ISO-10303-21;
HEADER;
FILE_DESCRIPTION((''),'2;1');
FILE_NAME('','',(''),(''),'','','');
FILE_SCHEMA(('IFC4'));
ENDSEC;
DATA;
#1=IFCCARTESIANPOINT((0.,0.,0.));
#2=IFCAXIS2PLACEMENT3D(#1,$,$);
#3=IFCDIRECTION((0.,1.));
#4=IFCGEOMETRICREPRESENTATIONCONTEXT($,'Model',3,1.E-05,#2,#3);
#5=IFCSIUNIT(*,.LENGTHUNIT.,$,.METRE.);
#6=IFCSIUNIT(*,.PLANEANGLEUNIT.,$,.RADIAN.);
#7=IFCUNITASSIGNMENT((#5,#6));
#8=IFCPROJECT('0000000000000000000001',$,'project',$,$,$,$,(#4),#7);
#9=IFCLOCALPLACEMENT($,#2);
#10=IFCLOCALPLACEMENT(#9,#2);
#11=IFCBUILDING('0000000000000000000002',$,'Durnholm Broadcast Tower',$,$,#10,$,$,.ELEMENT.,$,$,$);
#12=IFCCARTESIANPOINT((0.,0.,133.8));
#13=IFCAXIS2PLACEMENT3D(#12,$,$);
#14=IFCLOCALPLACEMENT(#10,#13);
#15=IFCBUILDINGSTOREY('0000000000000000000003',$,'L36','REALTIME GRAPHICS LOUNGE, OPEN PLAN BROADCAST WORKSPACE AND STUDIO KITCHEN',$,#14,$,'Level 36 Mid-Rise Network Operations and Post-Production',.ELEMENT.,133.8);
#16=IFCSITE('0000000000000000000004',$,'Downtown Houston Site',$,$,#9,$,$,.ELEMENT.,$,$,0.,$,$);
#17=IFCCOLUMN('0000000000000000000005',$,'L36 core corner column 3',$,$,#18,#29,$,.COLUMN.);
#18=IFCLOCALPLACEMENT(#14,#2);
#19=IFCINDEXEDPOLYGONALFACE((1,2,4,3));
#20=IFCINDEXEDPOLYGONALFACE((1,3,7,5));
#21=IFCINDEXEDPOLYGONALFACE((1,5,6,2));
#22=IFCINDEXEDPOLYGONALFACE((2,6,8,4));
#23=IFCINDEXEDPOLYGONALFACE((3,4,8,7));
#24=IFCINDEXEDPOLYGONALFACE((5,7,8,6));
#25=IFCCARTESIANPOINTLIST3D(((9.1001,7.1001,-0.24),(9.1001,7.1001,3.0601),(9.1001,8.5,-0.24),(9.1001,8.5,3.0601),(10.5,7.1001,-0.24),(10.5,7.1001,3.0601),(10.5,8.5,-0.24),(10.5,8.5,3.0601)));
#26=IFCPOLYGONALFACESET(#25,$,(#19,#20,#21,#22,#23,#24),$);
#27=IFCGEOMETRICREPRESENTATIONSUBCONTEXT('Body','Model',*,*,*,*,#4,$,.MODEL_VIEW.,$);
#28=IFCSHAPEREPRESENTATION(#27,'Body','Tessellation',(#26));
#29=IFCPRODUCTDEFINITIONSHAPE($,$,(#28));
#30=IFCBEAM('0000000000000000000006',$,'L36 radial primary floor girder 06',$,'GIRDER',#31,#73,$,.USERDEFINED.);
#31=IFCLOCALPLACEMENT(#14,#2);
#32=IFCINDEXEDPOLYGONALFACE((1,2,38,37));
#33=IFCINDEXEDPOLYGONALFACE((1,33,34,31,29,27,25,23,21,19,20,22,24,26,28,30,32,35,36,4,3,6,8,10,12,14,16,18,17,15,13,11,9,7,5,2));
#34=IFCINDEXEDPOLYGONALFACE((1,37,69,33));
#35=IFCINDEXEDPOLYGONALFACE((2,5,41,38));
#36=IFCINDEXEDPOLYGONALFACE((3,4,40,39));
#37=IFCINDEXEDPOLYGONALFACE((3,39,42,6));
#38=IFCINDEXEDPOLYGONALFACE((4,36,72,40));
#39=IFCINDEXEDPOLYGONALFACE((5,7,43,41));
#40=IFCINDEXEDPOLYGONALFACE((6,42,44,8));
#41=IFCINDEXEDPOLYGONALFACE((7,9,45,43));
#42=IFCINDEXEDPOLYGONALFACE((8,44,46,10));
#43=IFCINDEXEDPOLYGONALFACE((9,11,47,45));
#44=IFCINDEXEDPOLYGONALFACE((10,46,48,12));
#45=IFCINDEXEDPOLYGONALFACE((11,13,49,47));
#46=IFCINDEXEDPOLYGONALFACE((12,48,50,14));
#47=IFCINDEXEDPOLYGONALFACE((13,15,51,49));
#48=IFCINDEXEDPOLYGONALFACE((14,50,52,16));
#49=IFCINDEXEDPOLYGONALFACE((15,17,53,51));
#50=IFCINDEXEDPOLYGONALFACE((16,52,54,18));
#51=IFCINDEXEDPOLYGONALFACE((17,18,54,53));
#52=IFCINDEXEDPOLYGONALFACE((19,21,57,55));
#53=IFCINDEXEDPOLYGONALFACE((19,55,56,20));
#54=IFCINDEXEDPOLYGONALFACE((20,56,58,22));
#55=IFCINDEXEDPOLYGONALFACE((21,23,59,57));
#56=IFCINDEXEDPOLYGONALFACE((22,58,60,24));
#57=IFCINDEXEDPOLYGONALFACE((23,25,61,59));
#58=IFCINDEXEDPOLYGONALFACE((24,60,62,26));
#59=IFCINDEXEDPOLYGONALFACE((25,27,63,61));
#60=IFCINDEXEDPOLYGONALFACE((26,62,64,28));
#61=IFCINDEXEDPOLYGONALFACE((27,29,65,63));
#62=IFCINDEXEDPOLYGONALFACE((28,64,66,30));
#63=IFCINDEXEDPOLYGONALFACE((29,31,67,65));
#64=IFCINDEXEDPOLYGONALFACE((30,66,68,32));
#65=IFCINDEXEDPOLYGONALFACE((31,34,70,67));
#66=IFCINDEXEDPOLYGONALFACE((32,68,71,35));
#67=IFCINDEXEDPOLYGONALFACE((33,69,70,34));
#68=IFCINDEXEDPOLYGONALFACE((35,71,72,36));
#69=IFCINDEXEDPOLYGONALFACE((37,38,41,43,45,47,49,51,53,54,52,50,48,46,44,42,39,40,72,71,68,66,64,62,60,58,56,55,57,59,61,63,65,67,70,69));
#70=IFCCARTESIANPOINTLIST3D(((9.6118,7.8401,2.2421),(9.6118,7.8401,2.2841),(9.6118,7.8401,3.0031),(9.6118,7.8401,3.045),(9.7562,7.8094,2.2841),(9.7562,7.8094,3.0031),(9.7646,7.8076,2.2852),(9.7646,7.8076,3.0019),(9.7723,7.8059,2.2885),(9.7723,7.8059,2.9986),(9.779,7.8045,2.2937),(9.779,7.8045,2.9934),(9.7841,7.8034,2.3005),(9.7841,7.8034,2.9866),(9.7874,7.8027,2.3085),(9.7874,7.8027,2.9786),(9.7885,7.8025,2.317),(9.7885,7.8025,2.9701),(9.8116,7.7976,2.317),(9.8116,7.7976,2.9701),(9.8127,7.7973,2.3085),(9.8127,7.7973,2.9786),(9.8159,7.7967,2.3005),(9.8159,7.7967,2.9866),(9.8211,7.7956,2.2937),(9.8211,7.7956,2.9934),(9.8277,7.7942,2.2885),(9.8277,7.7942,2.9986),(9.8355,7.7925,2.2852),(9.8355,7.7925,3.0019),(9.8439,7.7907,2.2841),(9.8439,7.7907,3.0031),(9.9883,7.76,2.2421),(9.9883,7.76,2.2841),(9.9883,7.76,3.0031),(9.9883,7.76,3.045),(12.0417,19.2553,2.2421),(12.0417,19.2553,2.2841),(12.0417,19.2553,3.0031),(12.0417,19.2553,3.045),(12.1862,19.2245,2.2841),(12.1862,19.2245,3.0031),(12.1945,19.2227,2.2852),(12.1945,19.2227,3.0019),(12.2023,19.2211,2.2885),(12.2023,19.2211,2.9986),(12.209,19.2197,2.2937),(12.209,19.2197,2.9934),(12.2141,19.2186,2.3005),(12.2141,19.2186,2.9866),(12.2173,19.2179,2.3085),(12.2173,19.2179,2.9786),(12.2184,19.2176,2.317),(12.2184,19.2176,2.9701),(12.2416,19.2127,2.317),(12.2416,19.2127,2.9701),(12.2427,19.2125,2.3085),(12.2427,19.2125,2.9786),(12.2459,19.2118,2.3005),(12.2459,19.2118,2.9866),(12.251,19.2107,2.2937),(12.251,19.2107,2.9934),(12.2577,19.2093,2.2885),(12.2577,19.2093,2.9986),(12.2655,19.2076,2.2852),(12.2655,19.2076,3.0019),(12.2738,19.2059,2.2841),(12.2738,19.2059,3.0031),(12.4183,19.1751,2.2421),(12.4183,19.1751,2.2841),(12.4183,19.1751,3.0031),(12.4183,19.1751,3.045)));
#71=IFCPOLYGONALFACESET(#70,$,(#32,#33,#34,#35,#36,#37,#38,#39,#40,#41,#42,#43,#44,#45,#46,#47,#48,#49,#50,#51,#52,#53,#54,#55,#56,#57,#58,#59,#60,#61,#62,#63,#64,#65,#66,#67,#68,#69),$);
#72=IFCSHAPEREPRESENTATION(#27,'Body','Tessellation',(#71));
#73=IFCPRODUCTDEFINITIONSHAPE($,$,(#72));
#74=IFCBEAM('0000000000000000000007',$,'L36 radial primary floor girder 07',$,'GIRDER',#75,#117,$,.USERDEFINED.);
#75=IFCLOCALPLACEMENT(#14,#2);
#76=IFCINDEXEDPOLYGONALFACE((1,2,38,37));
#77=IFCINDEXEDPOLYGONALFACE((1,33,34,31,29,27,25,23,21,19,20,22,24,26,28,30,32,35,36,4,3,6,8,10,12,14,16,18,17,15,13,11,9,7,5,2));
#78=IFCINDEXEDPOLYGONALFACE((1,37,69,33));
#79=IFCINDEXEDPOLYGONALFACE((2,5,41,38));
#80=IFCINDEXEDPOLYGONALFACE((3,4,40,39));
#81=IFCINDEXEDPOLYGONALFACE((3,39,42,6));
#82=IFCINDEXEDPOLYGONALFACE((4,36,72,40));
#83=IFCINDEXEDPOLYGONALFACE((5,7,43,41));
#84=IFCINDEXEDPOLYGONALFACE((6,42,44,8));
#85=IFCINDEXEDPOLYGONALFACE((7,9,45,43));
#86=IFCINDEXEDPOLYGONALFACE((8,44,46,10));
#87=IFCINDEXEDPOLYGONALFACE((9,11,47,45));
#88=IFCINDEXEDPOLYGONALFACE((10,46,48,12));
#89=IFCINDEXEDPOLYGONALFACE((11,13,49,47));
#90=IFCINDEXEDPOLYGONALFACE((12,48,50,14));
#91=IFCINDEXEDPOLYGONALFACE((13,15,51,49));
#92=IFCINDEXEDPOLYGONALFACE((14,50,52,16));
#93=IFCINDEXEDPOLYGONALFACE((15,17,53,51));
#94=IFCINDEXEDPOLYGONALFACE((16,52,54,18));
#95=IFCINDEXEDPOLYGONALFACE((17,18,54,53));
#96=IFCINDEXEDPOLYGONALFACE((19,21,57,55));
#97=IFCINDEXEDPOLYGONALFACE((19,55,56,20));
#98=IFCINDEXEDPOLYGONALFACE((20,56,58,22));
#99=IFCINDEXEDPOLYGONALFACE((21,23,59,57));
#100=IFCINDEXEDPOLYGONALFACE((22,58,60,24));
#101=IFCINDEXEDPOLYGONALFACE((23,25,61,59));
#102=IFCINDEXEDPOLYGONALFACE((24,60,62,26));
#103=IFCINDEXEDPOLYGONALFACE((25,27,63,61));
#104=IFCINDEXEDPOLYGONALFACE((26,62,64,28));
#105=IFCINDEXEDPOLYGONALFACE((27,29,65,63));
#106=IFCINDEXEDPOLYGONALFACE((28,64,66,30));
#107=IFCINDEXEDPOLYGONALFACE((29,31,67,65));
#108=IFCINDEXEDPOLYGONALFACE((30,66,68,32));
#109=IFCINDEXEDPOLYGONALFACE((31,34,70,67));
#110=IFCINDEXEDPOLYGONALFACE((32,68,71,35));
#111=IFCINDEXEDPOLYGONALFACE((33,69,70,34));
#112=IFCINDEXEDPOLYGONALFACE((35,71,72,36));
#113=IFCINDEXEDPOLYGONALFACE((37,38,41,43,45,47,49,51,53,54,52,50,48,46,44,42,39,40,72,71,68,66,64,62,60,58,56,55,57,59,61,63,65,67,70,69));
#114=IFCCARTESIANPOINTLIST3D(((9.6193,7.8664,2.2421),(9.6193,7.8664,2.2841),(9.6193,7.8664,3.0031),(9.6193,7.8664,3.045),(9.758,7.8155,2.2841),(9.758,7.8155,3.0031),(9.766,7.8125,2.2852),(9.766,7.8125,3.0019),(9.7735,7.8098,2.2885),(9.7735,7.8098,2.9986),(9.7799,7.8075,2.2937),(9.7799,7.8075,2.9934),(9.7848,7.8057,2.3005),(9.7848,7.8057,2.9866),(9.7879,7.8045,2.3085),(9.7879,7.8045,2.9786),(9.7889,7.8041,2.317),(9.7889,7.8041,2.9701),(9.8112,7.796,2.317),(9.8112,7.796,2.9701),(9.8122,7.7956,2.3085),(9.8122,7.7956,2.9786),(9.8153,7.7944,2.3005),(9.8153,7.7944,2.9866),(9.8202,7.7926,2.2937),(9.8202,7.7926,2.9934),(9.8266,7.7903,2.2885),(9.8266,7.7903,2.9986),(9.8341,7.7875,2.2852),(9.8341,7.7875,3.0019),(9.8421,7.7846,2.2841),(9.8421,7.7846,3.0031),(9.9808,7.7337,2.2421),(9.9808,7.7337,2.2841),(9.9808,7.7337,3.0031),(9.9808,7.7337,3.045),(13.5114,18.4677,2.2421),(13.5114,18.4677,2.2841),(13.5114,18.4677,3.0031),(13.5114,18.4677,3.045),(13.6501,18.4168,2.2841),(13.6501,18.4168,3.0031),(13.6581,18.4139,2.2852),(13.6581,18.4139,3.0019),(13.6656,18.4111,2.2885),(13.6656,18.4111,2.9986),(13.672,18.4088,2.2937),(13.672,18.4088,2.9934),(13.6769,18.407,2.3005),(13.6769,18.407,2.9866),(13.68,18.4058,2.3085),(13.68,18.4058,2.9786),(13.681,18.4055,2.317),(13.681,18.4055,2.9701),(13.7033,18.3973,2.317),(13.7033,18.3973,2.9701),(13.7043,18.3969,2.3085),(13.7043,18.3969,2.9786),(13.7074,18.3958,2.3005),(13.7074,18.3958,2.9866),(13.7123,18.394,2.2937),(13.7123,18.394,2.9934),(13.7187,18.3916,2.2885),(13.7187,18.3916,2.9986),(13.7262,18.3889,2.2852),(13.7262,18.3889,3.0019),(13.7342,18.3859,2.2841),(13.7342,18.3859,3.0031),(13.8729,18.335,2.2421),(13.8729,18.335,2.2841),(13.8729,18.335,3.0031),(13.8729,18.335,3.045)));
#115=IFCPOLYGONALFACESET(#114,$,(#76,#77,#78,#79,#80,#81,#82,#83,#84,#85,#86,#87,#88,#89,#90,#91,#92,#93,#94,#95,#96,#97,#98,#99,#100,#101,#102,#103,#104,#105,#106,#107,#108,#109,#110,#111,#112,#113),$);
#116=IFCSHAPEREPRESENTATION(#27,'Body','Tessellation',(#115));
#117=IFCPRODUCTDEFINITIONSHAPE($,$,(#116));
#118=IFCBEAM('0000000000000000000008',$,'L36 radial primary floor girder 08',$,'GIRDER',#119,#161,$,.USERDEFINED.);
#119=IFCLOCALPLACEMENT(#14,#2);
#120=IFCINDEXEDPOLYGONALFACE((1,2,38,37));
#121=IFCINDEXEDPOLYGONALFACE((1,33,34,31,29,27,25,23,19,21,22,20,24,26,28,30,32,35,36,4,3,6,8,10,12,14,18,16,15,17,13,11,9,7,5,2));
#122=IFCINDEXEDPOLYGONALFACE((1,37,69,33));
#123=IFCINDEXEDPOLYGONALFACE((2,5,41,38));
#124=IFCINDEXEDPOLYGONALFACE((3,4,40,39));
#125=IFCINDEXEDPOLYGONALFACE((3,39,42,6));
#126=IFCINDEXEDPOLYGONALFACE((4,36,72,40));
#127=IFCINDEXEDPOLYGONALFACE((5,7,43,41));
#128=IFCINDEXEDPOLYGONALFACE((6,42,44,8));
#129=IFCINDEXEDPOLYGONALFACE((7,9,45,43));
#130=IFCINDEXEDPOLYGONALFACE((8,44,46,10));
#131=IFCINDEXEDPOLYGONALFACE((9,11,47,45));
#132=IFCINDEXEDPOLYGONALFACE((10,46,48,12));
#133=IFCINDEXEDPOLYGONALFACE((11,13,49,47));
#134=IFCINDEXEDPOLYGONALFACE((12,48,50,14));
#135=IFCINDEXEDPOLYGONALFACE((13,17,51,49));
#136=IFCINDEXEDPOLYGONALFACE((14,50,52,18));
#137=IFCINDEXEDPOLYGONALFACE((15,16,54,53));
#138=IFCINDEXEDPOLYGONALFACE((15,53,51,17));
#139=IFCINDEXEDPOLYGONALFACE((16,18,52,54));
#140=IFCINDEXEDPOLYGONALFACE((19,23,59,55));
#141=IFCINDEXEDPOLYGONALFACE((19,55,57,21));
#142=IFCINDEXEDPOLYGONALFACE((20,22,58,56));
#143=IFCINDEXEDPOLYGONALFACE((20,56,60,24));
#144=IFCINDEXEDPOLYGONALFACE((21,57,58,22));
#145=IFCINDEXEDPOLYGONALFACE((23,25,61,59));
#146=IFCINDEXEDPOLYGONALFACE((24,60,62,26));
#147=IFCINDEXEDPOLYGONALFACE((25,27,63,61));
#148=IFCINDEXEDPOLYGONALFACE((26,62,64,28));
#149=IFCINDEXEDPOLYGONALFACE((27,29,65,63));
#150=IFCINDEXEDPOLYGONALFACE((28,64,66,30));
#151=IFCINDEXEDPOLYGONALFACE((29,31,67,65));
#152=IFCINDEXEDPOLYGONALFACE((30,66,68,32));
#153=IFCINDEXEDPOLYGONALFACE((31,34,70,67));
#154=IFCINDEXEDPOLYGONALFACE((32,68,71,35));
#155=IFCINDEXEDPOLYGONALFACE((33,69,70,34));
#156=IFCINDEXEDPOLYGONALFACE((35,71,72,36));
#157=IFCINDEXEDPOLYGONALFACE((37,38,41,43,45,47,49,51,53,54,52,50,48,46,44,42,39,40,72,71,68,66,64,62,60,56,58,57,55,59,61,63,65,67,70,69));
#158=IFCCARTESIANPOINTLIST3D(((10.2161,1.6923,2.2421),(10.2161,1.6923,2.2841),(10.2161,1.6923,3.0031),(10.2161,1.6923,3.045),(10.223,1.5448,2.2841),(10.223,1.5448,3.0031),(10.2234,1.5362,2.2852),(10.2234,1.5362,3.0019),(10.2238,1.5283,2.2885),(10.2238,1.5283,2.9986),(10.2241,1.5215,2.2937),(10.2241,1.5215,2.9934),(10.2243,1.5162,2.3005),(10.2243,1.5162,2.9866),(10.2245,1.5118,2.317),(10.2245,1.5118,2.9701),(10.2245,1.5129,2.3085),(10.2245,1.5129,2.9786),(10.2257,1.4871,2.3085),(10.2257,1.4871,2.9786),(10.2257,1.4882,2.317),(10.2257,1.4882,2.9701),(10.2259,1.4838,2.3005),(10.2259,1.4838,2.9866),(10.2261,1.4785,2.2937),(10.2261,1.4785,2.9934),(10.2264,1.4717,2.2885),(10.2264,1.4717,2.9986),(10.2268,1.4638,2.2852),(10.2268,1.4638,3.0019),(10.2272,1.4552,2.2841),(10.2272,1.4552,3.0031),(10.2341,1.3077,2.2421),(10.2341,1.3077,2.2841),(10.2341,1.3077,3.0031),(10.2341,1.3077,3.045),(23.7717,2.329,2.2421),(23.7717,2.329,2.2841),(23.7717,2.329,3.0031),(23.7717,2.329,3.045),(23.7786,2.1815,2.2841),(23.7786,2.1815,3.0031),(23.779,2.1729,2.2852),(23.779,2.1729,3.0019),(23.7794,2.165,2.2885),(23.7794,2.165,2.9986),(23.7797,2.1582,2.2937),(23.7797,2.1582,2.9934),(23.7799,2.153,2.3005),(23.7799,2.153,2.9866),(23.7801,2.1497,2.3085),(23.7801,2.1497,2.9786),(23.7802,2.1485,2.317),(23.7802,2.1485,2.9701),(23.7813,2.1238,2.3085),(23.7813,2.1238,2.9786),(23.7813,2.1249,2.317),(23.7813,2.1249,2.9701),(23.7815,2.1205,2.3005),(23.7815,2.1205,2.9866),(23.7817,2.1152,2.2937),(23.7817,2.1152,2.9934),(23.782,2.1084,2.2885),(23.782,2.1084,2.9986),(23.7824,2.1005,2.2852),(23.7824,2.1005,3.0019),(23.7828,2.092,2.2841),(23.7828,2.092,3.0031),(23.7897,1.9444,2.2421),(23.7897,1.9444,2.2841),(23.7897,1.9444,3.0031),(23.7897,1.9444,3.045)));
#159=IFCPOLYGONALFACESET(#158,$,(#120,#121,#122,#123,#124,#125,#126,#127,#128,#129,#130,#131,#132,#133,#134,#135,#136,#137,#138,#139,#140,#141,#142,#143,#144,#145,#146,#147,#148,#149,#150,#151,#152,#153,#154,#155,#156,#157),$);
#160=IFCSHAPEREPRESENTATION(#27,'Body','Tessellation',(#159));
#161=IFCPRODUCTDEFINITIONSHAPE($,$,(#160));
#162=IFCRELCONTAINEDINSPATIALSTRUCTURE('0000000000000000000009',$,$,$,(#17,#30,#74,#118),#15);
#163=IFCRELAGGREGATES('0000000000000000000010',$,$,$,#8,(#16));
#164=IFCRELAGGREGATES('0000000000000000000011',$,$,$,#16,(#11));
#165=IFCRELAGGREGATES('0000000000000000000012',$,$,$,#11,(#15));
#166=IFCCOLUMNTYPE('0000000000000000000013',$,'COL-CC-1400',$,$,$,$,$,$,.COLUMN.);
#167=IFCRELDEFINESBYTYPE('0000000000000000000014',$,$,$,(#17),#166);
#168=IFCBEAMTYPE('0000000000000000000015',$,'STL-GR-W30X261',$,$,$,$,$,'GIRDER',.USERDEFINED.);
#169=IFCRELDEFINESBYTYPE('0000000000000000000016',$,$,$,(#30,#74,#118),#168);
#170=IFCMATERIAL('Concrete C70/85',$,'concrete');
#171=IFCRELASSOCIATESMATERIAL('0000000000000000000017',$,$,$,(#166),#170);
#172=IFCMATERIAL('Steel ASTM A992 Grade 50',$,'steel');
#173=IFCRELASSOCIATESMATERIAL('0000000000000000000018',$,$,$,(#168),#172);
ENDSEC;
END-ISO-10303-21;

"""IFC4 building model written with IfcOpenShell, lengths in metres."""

from ifc_helpers import new_model, si_unit, direction, frame, origin, origin_2d, place, context, subcontext, project, spatial, rectangle, i_section, extrude, source, transform, mapped, material, material_profile, profile_set, type_object, type_shapes, element, save


model = new_model("IFC4")

# Units and contexts
model_context = context("Model", 3, precision=1e-05, world=origin(), true_north=direction((0.0, 1.0)))
body_context = subcontext(model_context, "Body", "Model", "MODEL_VIEW")
ifc_project = project(units=[si_unit("LENGTHUNIT", "METRE"), si_unit("PLANEANGLEUNIT", "RADIAN")], contexts=[model_context])

# Site, building, storey
site_placement = place(None, origin())
site = spatial("IfcSite", under=ifc_project, at=site_placement, Name="Downtown Houston Site", CompositionType="ELEMENT", RefElevation=0.0)
building_placement = place(site_placement, origin())
building = spatial("IfcBuilding", under=site, at=building_placement, Name="Durnholm Broadcast Tower", CompositionType="ELEMENT")
storey_placement = place(building_placement, frame((0.0, 0.0, 133.8)))
storey = spatial("IfcBuildingStorey", under=building, at=storey_placement, Name="L36", Description="REALTIME GRAPHICS LOUNGE, OPEN PLAN BROADCAST WORKSPACE AND STUDIO KITCHEN", LongName="Level 36 Mid-Rise Network Operations and Post-Production", CompositionType="ELEMENT", Elevation=133.8)

# Column
ifc_material_1 = material(Name="Concrete C70/85", Category="concrete")
ifc_material_profile_1 = material_profile(ifc_material_1, rectangle(XDim=1.3999, YDim=1.3999, at=origin_2d()), Name="RC1400X1400")
ifc_profile_set_1 = profile_set([ifc_material_profile_1], Name="Concrete C70/85")
column_type = type_object("IfcColumnType", Name="COL-CC-1400", PredefinedType="COLUMN", material=ifc_profile_set_1)
shared_shape_1 = source(origin(), body_context, "Body", "SweptSolid", [
    extrude(rectangle(XDim=1.3999, YDim=1.3999, at=origin_2d()), origin(), (0.0, 0.0, 1.0), 3.3),
])
type_shapes(column_type, [shared_shape_1])
column_placement = place(storey_placement, frame((9.8, 7.8, -0.24), z_axis=(0.0, 0.0, 1.0), x_axis=(1.0, 0.0, 0.0)))
element("IfcColumn", 1, at=column_placement, inside=storey, type_object=column_type, Name="L36 core corner column 3", PredefinedType="COLUMN", context=body_context, shape_type="MappedRepresentation", body=[
    mapped(shared_shape_1, transform((0.0, 0.0, 0.0), x_axis=(1.0, 0.0, 0.0), y_axis=(0.0, 1.0, 0.0), z_axis=(0.0, 0.0, 1.0), scale=1.0)),
])

# Beams
ifc_material_2 = material(Name="Steel ASTM A992 Grade 50", Category="steel")
ifc_material_profile_2 = material_profile(ifc_material_2, i_section(OverallWidth=0.385, OverallDepth=0.803, WebThickness=0.0237, FlangeThickness=0.042, FilletRadius=0.033, at=origin_2d()), Name="W30X261")
ifc_profile_set_2 = profile_set([ifc_material_profile_2], Name="Steel ASTM A992 Grade 50")
beam_type = type_object("IfcBeamType", Name="STL-GR-W30X261", ElementType="GIRDER", PredefinedType="USERDEFINED", material=ifc_profile_set_2)
shared_shape_2 = source(origin(), body_context, "Body", "SweptSolid", [
    extrude(i_section(OverallWidth=0.385, OverallDepth=0.803, WebThickness=0.0237, FlangeThickness=0.042, FilletRadius=0.033, at=origin_2d()), origin(), (0.0, 0.0, 1.0), 11.6709),
])
beam_1_placement = place(storey_placement, frame((9.8, 7.8, 2.6436), z_axis=(0.208206, 0.978085, 0.0), x_axis=(-0.978085, 0.208206, 0.0)))
element("IfcBeam", 2, at=beam_1_placement, inside=storey, type_object=beam_type, Name="L36 radial primary floor girder 06", ObjectType="GIRDER", PredefinedType="USERDEFINED", context=body_context, shape_type="MappedRepresentation", body=[
    mapped(shared_shape_2, transform((0.0, 0.0, 0.0), x_axis=(1.0, 0.0, 0.0), y_axis=(0.0, 1.0, 0.0), z_axis=(0.0, 0.0, 1.0), scale=1.0)),
])
shared_shape_3 = source(origin(), body_context, "Body", "SweptSolid", [
    extrude(i_section(OverallWidth=0.385, OverallDepth=0.803, WebThickness=0.0237, FlangeThickness=0.042, FilletRadius=0.033, at=origin_2d()), origin(), (0.0, 0.0, 1.0), 11.2932),
])
beam_2_placement = place(storey_placement, frame((9.8, 7.8, 2.6436), z_axis=(0.34464, 0.938735, 0.0), x_axis=(-0.938735, 0.34464, 0.0)))
element("IfcBeam", 3, at=beam_2_placement, inside=storey, type_object=beam_type, Name="L36 radial primary floor girder 07", ObjectType="GIRDER", PredefinedType="USERDEFINED", context=body_context, shape_type="MappedRepresentation", body=[
    mapped(shared_shape_3, transform((0.0, 0.0, 0.0), x_axis=(1.0, 0.0, 0.0), y_axis=(0.0, 1.0, 0.0), z_axis=(0.0, 0.0, 1.0), scale=1.0)),
])
shared_shape_4 = source(origin(), body_context, "Body", "SweptSolid", [
    extrude(i_section(OverallWidth=0.385, OverallDepth=0.803, WebThickness=0.0237, FlangeThickness=0.042, FilletRadius=0.033, at=origin_2d()), origin(), (0.0, 0.0, 1.0), 13.5706),
])
beam_3_placement = place(storey_placement, frame((10.2251, 1.5, 2.6436), z_axis=(0.998899, 0.046919, 0.0), x_axis=(-0.046919, 0.998899, 0.0)))
element("IfcBeam", 4, at=beam_3_placement, inside=storey, type_object=beam_type, Name="L36 radial primary floor girder 08", ObjectType="GIRDER", PredefinedType="USERDEFINED", context=body_context, shape_type="MappedRepresentation", body=[
    mapped(shared_shape_4, transform((0.0, 0.0, 0.0), x_axis=(1.0, 0.0, 0.0), y_axis=(0.0, 1.0, 0.0), z_axis=(0.0, 0.0, 1.0), scale=1.0)),
])

save(model, "model.ifc")
